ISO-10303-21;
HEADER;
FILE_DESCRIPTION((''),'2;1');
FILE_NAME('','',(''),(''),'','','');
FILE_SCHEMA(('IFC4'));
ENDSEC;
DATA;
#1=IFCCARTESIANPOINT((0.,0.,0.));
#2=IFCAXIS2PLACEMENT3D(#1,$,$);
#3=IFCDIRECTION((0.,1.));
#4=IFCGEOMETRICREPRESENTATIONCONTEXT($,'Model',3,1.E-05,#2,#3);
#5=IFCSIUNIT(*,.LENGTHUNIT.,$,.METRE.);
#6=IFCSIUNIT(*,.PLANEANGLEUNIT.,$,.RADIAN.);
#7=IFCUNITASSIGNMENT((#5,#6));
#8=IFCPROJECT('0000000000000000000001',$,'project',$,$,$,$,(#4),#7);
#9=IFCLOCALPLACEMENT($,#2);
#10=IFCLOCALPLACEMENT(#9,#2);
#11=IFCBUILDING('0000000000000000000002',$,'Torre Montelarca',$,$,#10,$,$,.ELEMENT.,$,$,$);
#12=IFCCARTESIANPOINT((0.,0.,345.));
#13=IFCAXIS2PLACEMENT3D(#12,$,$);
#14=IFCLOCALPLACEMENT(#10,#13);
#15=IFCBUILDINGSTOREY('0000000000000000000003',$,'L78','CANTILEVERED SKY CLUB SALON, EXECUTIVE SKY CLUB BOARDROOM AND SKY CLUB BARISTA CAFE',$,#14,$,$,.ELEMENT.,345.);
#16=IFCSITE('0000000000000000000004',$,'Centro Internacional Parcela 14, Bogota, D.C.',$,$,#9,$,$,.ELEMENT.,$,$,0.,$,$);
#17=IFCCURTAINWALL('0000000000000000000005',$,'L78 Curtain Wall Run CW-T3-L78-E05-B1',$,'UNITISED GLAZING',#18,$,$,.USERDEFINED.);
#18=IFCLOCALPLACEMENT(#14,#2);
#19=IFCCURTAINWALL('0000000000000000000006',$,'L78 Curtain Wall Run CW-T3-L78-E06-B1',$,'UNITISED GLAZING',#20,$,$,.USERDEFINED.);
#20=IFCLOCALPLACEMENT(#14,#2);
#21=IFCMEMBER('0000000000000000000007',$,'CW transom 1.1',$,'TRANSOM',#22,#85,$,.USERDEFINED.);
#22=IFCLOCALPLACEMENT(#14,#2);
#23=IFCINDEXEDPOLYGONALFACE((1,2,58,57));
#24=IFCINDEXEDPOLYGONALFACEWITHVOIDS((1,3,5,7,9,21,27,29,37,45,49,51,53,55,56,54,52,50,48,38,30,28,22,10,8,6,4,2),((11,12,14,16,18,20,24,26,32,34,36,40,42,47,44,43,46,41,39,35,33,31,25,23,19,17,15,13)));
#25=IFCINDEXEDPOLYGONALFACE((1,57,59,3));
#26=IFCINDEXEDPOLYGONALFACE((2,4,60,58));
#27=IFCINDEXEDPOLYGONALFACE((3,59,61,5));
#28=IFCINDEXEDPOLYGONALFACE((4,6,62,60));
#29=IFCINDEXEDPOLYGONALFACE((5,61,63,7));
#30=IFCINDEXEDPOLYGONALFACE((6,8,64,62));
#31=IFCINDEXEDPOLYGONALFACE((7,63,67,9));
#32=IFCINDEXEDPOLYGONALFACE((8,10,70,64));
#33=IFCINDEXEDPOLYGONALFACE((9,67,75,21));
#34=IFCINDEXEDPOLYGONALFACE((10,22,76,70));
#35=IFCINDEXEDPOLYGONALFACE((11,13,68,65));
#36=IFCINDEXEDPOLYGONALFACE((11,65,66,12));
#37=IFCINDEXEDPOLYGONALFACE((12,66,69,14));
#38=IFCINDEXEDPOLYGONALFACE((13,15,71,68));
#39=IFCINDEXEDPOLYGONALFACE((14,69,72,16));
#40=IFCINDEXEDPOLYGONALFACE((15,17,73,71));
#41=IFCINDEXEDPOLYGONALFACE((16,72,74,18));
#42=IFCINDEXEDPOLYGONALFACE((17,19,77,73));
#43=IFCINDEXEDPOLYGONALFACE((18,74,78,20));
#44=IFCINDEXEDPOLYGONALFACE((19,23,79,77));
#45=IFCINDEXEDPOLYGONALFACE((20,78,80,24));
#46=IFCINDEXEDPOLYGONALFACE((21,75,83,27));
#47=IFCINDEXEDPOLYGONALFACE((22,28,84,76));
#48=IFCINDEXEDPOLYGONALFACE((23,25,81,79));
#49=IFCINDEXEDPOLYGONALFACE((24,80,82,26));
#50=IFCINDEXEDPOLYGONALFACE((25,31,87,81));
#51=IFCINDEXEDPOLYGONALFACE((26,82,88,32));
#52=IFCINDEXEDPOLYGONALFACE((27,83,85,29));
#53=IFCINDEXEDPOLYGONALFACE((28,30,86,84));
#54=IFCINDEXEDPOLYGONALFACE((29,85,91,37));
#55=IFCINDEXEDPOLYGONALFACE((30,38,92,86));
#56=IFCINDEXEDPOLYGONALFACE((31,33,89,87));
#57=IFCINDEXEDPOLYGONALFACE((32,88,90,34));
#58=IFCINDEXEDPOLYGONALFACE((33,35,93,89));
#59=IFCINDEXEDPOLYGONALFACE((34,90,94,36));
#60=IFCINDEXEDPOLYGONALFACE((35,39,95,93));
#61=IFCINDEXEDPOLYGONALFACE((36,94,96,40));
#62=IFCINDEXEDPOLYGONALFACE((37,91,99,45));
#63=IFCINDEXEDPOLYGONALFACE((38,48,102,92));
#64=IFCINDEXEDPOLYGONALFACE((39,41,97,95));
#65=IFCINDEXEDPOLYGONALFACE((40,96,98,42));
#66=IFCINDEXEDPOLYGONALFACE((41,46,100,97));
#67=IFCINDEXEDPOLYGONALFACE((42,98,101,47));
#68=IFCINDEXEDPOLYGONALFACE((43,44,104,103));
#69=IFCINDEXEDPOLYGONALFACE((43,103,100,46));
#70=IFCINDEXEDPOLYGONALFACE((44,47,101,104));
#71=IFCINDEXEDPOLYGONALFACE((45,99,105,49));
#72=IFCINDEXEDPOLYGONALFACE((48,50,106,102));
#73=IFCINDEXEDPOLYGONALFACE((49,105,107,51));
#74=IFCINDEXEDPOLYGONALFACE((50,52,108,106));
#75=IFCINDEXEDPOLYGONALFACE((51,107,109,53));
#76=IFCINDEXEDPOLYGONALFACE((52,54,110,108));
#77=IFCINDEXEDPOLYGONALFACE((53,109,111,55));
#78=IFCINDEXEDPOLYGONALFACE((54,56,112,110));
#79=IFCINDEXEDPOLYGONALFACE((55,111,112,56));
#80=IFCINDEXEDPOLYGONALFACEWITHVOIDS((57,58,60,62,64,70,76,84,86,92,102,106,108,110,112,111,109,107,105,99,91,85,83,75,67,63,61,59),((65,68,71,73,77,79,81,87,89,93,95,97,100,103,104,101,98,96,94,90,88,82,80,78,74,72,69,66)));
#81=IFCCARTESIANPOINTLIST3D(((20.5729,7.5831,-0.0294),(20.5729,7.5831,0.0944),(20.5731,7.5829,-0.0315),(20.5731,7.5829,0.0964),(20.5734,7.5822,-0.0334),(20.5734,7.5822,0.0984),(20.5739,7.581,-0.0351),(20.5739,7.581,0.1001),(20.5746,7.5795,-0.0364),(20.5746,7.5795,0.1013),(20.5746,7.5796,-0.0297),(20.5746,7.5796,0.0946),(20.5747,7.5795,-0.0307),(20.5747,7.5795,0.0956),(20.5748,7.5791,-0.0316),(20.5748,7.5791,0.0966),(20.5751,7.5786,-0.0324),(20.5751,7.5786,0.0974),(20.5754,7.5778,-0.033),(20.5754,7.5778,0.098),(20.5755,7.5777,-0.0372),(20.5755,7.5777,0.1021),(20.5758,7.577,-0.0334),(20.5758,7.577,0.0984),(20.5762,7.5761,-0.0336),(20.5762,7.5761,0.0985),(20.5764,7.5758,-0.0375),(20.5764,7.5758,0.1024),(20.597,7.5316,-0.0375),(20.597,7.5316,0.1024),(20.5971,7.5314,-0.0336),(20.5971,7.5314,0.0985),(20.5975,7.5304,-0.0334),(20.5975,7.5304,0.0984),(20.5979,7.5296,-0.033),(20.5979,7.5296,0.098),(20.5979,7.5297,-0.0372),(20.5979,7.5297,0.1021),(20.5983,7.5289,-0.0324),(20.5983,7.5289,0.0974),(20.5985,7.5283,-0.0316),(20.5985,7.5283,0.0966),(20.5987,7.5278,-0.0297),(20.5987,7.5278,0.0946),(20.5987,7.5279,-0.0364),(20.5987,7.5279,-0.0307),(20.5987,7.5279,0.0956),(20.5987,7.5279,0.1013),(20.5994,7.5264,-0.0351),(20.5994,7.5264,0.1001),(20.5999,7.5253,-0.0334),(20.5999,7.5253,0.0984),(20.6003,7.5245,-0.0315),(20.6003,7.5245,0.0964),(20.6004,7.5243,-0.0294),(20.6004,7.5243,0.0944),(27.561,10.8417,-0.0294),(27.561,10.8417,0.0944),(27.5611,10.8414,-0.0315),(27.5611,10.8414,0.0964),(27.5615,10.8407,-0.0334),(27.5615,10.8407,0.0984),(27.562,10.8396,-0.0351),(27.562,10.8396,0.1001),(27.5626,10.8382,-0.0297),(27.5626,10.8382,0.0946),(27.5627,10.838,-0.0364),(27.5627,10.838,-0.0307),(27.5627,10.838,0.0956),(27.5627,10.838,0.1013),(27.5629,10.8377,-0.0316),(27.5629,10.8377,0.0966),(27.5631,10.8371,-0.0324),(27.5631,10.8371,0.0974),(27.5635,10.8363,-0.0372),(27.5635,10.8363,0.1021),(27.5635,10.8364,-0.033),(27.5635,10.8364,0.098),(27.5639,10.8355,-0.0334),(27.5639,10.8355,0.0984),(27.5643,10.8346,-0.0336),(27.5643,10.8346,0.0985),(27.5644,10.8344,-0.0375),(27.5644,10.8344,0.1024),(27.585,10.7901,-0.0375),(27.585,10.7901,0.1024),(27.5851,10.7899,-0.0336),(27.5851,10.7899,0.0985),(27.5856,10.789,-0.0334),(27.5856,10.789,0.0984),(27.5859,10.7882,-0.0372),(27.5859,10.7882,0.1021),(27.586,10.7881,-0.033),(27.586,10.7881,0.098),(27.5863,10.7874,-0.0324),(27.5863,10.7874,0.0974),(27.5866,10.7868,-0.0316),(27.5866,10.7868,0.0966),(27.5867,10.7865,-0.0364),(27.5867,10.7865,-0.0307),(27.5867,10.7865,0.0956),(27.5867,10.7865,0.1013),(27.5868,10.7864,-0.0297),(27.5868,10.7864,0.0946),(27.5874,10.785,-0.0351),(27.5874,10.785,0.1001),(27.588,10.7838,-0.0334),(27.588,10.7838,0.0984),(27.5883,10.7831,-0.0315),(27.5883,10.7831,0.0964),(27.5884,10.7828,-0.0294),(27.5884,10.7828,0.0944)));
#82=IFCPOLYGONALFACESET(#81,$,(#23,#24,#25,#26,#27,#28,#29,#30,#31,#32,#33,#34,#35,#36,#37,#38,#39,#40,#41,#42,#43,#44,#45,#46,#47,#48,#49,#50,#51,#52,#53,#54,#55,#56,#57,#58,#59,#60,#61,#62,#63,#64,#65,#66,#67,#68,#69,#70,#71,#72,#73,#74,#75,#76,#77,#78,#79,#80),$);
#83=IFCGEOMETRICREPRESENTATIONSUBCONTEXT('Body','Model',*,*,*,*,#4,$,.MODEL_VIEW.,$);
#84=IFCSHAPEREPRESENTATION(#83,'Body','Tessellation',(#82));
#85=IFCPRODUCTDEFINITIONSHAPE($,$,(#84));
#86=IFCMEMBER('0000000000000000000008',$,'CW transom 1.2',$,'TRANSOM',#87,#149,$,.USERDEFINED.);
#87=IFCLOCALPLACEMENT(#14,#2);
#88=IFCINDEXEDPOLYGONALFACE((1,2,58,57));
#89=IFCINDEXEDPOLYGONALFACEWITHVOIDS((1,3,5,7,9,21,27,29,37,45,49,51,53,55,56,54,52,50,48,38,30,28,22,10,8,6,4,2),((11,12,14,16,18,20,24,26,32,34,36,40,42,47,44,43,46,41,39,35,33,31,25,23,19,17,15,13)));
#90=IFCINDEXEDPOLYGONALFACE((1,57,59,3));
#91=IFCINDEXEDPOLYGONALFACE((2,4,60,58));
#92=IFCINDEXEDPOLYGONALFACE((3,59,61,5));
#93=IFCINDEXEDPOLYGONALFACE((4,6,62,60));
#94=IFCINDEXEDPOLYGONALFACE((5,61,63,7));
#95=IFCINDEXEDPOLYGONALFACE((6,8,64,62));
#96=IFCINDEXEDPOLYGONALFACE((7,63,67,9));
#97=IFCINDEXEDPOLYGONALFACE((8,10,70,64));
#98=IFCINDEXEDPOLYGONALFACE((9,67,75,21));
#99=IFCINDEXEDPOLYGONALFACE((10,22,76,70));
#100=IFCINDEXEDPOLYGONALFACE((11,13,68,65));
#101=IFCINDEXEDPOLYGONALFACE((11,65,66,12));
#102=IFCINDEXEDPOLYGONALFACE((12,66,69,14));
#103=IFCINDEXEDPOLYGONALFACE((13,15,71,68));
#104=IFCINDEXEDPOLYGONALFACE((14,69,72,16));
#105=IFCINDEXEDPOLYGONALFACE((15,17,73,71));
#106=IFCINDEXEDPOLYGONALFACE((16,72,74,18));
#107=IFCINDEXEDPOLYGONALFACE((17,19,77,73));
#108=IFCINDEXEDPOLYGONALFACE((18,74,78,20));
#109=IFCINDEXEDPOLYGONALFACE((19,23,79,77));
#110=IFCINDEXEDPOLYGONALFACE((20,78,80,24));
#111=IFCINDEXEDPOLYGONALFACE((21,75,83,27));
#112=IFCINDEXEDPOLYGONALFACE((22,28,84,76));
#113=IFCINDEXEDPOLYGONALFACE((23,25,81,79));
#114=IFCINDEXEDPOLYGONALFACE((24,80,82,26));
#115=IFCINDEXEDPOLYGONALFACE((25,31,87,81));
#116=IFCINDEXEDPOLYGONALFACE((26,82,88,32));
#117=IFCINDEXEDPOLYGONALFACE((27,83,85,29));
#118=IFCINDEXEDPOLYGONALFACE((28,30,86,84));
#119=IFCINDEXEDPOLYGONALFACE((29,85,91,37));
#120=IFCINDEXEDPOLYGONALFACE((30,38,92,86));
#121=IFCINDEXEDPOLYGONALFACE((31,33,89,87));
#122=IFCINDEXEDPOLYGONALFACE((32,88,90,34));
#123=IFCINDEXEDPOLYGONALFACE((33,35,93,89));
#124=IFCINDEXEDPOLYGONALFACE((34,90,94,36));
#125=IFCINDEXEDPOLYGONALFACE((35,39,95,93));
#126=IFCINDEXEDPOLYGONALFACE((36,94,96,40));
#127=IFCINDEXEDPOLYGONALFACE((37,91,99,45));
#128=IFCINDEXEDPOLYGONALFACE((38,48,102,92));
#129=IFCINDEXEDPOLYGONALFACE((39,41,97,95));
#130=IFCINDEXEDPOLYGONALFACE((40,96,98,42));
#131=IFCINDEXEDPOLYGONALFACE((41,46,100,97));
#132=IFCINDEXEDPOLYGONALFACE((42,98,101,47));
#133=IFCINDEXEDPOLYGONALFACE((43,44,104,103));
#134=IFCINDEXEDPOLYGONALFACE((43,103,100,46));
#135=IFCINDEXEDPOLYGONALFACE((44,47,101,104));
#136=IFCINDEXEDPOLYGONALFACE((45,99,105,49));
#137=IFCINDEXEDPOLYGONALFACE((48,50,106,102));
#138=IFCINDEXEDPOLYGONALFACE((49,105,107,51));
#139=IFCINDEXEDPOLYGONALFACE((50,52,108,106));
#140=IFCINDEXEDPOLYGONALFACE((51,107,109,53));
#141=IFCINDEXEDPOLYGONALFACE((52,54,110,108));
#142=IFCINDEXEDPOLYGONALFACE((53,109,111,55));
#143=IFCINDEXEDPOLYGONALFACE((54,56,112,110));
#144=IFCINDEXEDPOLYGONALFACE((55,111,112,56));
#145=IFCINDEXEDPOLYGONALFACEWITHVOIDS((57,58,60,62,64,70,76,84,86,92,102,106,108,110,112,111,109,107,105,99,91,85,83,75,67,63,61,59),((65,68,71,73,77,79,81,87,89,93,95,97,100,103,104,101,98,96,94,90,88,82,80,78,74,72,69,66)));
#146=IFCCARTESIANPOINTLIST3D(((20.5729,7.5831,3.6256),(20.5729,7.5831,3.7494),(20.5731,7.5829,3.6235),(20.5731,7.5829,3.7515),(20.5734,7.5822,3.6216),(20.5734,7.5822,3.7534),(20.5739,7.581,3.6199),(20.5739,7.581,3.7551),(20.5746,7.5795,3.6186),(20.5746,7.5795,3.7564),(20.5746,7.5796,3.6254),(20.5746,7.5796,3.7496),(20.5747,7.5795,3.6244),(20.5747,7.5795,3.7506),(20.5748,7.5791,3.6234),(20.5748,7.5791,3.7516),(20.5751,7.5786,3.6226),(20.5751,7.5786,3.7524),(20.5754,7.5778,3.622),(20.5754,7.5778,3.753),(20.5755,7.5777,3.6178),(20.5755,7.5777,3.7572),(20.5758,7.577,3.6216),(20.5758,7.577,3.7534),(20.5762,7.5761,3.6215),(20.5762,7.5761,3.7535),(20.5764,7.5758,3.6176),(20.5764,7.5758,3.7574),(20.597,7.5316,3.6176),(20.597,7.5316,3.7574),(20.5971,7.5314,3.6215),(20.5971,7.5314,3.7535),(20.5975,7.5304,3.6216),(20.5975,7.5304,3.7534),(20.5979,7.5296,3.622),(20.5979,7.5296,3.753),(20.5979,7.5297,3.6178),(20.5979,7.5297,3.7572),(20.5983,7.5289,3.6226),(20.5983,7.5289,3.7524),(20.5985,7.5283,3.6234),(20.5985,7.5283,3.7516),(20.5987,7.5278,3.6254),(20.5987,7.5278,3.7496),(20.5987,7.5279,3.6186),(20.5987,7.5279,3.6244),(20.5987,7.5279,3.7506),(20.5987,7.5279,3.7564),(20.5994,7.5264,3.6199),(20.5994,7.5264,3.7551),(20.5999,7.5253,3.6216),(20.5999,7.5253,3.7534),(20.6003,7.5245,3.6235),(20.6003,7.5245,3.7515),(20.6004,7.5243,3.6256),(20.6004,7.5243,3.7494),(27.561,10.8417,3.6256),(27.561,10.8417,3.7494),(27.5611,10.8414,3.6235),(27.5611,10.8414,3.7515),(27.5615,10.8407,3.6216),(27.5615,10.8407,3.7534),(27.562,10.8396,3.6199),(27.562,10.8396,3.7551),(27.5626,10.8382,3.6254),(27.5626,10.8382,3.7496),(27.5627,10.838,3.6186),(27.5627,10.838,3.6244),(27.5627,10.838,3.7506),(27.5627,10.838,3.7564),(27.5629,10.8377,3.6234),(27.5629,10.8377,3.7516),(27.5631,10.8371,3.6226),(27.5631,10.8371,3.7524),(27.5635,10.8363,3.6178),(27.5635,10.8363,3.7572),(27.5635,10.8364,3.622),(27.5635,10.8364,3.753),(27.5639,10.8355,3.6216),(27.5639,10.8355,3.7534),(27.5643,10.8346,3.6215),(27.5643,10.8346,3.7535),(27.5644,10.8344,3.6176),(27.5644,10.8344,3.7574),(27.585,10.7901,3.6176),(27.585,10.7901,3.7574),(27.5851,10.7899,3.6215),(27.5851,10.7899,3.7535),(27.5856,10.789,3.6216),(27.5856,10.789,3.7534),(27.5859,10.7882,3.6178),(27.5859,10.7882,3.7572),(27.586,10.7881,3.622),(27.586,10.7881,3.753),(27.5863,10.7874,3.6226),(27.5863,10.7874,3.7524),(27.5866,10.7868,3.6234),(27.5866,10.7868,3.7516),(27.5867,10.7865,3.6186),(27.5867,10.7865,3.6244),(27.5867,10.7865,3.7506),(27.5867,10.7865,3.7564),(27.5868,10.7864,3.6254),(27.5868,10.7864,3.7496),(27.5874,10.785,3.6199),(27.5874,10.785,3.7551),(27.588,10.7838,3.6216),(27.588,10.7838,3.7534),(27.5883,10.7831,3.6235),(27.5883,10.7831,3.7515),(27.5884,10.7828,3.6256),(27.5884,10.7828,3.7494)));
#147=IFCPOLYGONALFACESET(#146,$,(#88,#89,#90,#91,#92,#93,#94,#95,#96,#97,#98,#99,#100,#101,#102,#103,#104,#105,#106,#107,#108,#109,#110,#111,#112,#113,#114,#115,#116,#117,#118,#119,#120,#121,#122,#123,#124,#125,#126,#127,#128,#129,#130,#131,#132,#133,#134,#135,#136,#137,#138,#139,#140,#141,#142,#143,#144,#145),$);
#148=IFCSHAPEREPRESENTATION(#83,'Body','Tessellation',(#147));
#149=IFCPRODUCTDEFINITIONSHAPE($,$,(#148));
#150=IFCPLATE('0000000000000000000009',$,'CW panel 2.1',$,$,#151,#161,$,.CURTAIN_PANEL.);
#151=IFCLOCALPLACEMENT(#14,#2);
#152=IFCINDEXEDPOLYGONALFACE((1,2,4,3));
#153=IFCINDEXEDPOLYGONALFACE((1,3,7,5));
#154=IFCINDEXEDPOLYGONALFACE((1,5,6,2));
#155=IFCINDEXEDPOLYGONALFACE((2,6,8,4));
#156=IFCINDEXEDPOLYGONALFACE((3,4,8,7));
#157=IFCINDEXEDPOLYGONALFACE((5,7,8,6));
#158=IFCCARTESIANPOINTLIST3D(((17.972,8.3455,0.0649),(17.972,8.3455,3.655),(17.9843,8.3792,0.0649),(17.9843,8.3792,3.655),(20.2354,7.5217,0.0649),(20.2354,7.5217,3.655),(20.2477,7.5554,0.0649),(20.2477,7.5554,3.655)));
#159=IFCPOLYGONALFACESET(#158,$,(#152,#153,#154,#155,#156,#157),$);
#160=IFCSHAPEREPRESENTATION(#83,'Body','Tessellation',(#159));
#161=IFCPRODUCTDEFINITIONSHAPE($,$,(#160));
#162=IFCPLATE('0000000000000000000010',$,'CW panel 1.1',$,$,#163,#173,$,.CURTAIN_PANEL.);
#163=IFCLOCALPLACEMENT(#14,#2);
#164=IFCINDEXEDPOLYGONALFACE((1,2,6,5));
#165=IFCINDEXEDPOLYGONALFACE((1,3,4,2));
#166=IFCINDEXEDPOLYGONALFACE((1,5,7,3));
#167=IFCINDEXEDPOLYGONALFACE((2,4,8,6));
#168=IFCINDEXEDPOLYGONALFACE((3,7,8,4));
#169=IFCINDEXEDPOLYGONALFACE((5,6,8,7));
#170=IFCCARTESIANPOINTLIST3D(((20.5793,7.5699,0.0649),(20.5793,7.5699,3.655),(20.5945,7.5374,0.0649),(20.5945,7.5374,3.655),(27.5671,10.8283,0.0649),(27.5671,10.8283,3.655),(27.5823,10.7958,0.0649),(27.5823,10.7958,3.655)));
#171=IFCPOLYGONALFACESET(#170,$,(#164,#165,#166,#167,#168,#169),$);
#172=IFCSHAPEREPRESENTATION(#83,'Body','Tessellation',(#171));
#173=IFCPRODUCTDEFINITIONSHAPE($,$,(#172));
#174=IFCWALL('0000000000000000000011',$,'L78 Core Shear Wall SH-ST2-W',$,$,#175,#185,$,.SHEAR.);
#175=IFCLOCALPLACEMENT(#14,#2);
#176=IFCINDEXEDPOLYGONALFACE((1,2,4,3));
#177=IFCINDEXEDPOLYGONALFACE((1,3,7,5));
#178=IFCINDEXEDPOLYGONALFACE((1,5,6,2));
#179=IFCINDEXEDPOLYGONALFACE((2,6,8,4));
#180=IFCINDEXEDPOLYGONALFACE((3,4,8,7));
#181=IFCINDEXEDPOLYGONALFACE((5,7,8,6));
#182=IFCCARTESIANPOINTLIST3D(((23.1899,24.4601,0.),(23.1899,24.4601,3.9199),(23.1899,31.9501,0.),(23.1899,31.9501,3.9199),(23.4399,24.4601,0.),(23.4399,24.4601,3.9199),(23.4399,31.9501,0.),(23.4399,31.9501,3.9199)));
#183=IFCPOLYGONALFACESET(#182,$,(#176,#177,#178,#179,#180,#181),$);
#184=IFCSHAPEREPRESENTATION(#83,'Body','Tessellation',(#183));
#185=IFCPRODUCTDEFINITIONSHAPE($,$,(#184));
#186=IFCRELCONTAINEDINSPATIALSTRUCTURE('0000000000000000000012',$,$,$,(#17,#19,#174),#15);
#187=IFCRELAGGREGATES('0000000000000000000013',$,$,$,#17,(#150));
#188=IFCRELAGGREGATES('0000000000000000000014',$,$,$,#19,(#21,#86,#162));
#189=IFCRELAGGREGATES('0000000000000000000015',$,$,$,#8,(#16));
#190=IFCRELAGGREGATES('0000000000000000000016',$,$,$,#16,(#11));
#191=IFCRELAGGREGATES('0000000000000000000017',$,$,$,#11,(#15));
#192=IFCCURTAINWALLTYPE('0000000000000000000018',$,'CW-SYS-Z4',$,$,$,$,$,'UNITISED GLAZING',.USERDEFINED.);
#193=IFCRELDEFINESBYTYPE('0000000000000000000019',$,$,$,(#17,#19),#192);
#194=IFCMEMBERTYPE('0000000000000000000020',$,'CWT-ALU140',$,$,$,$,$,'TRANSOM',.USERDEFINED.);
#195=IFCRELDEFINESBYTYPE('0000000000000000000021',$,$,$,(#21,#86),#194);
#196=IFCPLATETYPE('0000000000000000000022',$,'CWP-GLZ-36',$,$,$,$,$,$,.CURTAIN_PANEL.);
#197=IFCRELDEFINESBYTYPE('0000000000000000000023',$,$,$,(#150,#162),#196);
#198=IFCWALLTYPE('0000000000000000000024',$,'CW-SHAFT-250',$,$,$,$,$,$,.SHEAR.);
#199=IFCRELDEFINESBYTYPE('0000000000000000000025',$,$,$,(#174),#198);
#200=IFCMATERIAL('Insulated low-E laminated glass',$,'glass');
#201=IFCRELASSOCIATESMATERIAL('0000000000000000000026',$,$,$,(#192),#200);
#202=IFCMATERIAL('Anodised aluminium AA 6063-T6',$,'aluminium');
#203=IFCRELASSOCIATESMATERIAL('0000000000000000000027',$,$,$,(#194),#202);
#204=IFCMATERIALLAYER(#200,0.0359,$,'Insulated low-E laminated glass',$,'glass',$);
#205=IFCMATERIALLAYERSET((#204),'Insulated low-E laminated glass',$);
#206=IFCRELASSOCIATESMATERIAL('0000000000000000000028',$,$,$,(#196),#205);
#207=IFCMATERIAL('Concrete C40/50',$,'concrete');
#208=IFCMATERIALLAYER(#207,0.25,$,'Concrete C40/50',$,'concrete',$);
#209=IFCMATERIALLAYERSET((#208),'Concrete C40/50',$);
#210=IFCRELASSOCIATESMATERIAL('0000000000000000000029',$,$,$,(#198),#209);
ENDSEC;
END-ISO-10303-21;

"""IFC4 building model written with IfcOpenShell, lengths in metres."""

from ifc_helpers import new_model, si_unit, direction, frame, frame_2d, origin, origin_2d, place, context, subcontext, project, spatial, rectangle, hollow_rectangle, extrude, source, transform, mapped, material, layer, layer_set, material_profile, profile_set, type_object, element, aggregate, save


model = new_model("IFC4")

# Units and contexts
model_context = context("Model", 3, precision=1e-05, world=origin(), true_north=direction((0.0, 1.0)))
body_context = subcontext(model_context, "Body", "Model", "MODEL_VIEW")
ifc_project = project(units=[si_unit("LENGTHUNIT", "METRE"), si_unit("PLANEANGLEUNIT", "RADIAN")], contexts=[model_context])

# Site, building, storey
site_placement = place(None, origin())
site = spatial("IfcSite", under=ifc_project, at=site_placement, Name="Centro Internacional Parcela 14, Bogota, D.C.", CompositionType="ELEMENT", RefElevation=0.0)
building_placement = place(site_placement, origin())
building = spatial("IfcBuilding", under=site, at=building_placement, Name="Torre Montelarca", CompositionType="ELEMENT")
storey_placement = place(building_placement, frame((0.0, 0.0, 345.0)))
storey = spatial("IfcBuildingStorey", under=building, at=storey_placement, Name="L78", Description="CANTILEVERED SKY CLUB SALON, EXECUTIVE SKY CLUB BOARDROOM AND SKY CLUB BARISTA CAFE", CompositionType="ELEMENT", Elevation=345.0)

# Shared definitions
ifc_material_1 = material(Name="Concrete C40/50", Category="concrete")

# Curtain walls
ifc_material_2 = material(Name="Insulated low-E laminated glass", Category="glass")
curtain_wall_type = type_object("IfcCurtainWallType", Name="CW-SYS-Z4", ElementType="UNITISED GLAZING", PredefinedType="USERDEFINED", material=ifc_material_2)
curtain_wall_1_placement = place(storey_placement, origin())
curtain_wall_1 = element("IfcCurtainWall", 1, at=curtain_wall_1_placement, inside=storey, type_object=curtain_wall_type, Name="L78 Curtain Wall Run CW-T3-L78-E05-B1", ObjectType="UNITISED GLAZING", PredefinedType="USERDEFINED")
ifc_material_3 = material(Name="Anodised aluminium AA 6063-T6", Category="aluminium")
curtain_wall_2_placement = place(storey_placement, origin())
curtain_wall_2 = element("IfcCurtainWall", 2, at=curtain_wall_2_placement, inside=storey, type_object=curtain_wall_type, Name="L78 Curtain Wall Run CW-T3-L78-E06-B1", ObjectType="UNITISED GLAZING", PredefinedType="USERDEFINED")

# Members
ifc_material_profile_1 = material_profile(ifc_material_3, hollow_rectangle(XDim=0.0649, YDim=0.1399, WallThickness=0.0039, InnerFilletRadius=0.0039, OuterFilletRadius=0.0081, at=origin_2d()), Name="ALU65X140X4", Category="aluminium")
ifc_profile_set_1 = profile_set([ifc_material_profile_1], Name="Anodised aluminium AA 6063-T6")
member_type_1 = type_object("IfcMemberType", Name="CWT-ALU140", ElementType="TRANSOM", PredefinedType="USERDEFINED", material=ifc_profile_set_1)
shared_shape_1 = source(origin(), body_context, "Body", "SweptSolid", [
    extrude(hollow_rectangle(XDim=0.0649, YDim=0.1399, WallThickness=0.0039, InnerFilletRadius=0.0039, OuterFilletRadius=0.0081, at=origin_2d()), origin(), (0.0, 0.0, 1.0), 7.7104),
])
member_1_placement = place(storey_placement, frame((20.5867, 7.5537, 0.0325), z_axis=(0.906309, 0.422615, 0.0), x_axis=(-0.422615, 0.906309, 0.0)))
member_1 = element("IfcMember", 3, at=member_1_placement, type_object=member_type_1, Name="CW transom 1.1", ObjectType="TRANSOM", PredefinedType="USERDEFINED", context=body_context, shape_type="MappedRepresentation", body=[
    mapped(shared_shape_1, transform((0.0, 0.0, 0.0), scale=1.0)),
])
member_2_placement = place(storey_placement, frame((20.5867, 7.5537, 3.6875), z_axis=(0.906309, 0.422615, 0.0), x_axis=(-0.422615, 0.906309, 0.0)))
member_2 = element("IfcMember", 4, at=member_2_placement, type_object=member_type_1, Name="CW transom 1.2", ObjectType="TRANSOM", PredefinedType="USERDEFINED", context=body_context, shape_type="MappedRepresentation", body=[
    mapped(shared_shape_1, transform((0.0, 0.0, 0.0), scale=1.0)),
])

# Plates
ifc_layer_1 = layer(ifc_material_2, 0.0359, Name="Insulated low-E laminated glass", Category="glass")
ifc_layer_set_1 = layer_set([ifc_layer_1], Name="Insulated low-E laminated glass")
plate_type = type_object("IfcPlateType", Name="CWP-GLZ-36", PredefinedType="CURTAIN_PANEL", material=ifc_layer_set_1)
shared_shape_2 = source(origin(), body_context, "Body", "SweptSolid", [
    extrude(rectangle(XDim=2.4087, YDim=0.0359, at=origin_2d()), origin(), (0.0, 0.0, 1.0), 3.5901),
])
plate_1_placement = place(storey_placement, frame((19.1099, 7.9504, 0.0649), z_axis=(0.0, 0.0, 1.0), x_axis=(0.939694, -0.342015, 0.0)))
plate_1 = element("IfcPlate", 5, at=plate_1_placement, type_object=plate_type, Name="CW panel 2.1", PredefinedType="CURTAIN_PANEL", context=body_context, shape_type="MappedRepresentation", body=[
    mapped(shared_shape_2, transform((0.0, 0.0, 0.0), scale=1.0)),
])
aggregate(curtain_wall_1, [plate_1])
shared_shape_3 = source(origin(), body_context, "Body", "SweptSolid", [
    extrude(rectangle(XDim=7.7102, YDim=0.0359, at=origin_2d()), origin(), (0.0, 0.0, 1.0), 3.5901),
])
plate_2_placement = place(storey_placement, frame((24.0808, 9.1829, 0.0649), z_axis=(0.0, 0.0, 1.0), x_axis=(0.906311, 0.422612, 0.0)))
plate_2 = element("IfcPlate", 6, at=plate_2_placement, type_object=plate_type, Name="CW panel 1.1", PredefinedType="CURTAIN_PANEL", context=body_context, shape_type="MappedRepresentation", body=[
    mapped(shared_shape_3, transform((0.0, 0.0, 0.0), scale=1.0)),
])
aggregate(curtain_wall_2, [member_1, member_2, plate_2])

# Wall
ifc_layer_2 = layer(ifc_material_1, 0.25, Name="Concrete C40/50", Category="concrete")
ifc_layer_set_2 = layer_set([ifc_layer_2], Name="Concrete C40/50")
wall_type_1 = type_object("IfcWallType", Name="CW-SHAFT-250", PredefinedType="SHEAR", material=ifc_layer_set_2)
wall_1_placement = place(storey_placement, frame((23.3149, 24.46, 0.0), z_axis=(0.0, 0.0, 1.0), x_axis=(0.0, 1.0, 0.0)))
element("IfcWall", 7, at=wall_1_placement, inside=storey, type_object=wall_type_1, Name="L78 Core Shear Wall SH-ST2-W", PredefinedType="SHEAR", context=body_context, shape_type="SweptSolid", body=[
    extrude(rectangle(XDim=7.49, YDim=0.25, at=frame_2d((3.7451, 0.0))), origin(), (0.0, 0.0, 1.0), 3.9199),
])

save(model, "model.ifc")
